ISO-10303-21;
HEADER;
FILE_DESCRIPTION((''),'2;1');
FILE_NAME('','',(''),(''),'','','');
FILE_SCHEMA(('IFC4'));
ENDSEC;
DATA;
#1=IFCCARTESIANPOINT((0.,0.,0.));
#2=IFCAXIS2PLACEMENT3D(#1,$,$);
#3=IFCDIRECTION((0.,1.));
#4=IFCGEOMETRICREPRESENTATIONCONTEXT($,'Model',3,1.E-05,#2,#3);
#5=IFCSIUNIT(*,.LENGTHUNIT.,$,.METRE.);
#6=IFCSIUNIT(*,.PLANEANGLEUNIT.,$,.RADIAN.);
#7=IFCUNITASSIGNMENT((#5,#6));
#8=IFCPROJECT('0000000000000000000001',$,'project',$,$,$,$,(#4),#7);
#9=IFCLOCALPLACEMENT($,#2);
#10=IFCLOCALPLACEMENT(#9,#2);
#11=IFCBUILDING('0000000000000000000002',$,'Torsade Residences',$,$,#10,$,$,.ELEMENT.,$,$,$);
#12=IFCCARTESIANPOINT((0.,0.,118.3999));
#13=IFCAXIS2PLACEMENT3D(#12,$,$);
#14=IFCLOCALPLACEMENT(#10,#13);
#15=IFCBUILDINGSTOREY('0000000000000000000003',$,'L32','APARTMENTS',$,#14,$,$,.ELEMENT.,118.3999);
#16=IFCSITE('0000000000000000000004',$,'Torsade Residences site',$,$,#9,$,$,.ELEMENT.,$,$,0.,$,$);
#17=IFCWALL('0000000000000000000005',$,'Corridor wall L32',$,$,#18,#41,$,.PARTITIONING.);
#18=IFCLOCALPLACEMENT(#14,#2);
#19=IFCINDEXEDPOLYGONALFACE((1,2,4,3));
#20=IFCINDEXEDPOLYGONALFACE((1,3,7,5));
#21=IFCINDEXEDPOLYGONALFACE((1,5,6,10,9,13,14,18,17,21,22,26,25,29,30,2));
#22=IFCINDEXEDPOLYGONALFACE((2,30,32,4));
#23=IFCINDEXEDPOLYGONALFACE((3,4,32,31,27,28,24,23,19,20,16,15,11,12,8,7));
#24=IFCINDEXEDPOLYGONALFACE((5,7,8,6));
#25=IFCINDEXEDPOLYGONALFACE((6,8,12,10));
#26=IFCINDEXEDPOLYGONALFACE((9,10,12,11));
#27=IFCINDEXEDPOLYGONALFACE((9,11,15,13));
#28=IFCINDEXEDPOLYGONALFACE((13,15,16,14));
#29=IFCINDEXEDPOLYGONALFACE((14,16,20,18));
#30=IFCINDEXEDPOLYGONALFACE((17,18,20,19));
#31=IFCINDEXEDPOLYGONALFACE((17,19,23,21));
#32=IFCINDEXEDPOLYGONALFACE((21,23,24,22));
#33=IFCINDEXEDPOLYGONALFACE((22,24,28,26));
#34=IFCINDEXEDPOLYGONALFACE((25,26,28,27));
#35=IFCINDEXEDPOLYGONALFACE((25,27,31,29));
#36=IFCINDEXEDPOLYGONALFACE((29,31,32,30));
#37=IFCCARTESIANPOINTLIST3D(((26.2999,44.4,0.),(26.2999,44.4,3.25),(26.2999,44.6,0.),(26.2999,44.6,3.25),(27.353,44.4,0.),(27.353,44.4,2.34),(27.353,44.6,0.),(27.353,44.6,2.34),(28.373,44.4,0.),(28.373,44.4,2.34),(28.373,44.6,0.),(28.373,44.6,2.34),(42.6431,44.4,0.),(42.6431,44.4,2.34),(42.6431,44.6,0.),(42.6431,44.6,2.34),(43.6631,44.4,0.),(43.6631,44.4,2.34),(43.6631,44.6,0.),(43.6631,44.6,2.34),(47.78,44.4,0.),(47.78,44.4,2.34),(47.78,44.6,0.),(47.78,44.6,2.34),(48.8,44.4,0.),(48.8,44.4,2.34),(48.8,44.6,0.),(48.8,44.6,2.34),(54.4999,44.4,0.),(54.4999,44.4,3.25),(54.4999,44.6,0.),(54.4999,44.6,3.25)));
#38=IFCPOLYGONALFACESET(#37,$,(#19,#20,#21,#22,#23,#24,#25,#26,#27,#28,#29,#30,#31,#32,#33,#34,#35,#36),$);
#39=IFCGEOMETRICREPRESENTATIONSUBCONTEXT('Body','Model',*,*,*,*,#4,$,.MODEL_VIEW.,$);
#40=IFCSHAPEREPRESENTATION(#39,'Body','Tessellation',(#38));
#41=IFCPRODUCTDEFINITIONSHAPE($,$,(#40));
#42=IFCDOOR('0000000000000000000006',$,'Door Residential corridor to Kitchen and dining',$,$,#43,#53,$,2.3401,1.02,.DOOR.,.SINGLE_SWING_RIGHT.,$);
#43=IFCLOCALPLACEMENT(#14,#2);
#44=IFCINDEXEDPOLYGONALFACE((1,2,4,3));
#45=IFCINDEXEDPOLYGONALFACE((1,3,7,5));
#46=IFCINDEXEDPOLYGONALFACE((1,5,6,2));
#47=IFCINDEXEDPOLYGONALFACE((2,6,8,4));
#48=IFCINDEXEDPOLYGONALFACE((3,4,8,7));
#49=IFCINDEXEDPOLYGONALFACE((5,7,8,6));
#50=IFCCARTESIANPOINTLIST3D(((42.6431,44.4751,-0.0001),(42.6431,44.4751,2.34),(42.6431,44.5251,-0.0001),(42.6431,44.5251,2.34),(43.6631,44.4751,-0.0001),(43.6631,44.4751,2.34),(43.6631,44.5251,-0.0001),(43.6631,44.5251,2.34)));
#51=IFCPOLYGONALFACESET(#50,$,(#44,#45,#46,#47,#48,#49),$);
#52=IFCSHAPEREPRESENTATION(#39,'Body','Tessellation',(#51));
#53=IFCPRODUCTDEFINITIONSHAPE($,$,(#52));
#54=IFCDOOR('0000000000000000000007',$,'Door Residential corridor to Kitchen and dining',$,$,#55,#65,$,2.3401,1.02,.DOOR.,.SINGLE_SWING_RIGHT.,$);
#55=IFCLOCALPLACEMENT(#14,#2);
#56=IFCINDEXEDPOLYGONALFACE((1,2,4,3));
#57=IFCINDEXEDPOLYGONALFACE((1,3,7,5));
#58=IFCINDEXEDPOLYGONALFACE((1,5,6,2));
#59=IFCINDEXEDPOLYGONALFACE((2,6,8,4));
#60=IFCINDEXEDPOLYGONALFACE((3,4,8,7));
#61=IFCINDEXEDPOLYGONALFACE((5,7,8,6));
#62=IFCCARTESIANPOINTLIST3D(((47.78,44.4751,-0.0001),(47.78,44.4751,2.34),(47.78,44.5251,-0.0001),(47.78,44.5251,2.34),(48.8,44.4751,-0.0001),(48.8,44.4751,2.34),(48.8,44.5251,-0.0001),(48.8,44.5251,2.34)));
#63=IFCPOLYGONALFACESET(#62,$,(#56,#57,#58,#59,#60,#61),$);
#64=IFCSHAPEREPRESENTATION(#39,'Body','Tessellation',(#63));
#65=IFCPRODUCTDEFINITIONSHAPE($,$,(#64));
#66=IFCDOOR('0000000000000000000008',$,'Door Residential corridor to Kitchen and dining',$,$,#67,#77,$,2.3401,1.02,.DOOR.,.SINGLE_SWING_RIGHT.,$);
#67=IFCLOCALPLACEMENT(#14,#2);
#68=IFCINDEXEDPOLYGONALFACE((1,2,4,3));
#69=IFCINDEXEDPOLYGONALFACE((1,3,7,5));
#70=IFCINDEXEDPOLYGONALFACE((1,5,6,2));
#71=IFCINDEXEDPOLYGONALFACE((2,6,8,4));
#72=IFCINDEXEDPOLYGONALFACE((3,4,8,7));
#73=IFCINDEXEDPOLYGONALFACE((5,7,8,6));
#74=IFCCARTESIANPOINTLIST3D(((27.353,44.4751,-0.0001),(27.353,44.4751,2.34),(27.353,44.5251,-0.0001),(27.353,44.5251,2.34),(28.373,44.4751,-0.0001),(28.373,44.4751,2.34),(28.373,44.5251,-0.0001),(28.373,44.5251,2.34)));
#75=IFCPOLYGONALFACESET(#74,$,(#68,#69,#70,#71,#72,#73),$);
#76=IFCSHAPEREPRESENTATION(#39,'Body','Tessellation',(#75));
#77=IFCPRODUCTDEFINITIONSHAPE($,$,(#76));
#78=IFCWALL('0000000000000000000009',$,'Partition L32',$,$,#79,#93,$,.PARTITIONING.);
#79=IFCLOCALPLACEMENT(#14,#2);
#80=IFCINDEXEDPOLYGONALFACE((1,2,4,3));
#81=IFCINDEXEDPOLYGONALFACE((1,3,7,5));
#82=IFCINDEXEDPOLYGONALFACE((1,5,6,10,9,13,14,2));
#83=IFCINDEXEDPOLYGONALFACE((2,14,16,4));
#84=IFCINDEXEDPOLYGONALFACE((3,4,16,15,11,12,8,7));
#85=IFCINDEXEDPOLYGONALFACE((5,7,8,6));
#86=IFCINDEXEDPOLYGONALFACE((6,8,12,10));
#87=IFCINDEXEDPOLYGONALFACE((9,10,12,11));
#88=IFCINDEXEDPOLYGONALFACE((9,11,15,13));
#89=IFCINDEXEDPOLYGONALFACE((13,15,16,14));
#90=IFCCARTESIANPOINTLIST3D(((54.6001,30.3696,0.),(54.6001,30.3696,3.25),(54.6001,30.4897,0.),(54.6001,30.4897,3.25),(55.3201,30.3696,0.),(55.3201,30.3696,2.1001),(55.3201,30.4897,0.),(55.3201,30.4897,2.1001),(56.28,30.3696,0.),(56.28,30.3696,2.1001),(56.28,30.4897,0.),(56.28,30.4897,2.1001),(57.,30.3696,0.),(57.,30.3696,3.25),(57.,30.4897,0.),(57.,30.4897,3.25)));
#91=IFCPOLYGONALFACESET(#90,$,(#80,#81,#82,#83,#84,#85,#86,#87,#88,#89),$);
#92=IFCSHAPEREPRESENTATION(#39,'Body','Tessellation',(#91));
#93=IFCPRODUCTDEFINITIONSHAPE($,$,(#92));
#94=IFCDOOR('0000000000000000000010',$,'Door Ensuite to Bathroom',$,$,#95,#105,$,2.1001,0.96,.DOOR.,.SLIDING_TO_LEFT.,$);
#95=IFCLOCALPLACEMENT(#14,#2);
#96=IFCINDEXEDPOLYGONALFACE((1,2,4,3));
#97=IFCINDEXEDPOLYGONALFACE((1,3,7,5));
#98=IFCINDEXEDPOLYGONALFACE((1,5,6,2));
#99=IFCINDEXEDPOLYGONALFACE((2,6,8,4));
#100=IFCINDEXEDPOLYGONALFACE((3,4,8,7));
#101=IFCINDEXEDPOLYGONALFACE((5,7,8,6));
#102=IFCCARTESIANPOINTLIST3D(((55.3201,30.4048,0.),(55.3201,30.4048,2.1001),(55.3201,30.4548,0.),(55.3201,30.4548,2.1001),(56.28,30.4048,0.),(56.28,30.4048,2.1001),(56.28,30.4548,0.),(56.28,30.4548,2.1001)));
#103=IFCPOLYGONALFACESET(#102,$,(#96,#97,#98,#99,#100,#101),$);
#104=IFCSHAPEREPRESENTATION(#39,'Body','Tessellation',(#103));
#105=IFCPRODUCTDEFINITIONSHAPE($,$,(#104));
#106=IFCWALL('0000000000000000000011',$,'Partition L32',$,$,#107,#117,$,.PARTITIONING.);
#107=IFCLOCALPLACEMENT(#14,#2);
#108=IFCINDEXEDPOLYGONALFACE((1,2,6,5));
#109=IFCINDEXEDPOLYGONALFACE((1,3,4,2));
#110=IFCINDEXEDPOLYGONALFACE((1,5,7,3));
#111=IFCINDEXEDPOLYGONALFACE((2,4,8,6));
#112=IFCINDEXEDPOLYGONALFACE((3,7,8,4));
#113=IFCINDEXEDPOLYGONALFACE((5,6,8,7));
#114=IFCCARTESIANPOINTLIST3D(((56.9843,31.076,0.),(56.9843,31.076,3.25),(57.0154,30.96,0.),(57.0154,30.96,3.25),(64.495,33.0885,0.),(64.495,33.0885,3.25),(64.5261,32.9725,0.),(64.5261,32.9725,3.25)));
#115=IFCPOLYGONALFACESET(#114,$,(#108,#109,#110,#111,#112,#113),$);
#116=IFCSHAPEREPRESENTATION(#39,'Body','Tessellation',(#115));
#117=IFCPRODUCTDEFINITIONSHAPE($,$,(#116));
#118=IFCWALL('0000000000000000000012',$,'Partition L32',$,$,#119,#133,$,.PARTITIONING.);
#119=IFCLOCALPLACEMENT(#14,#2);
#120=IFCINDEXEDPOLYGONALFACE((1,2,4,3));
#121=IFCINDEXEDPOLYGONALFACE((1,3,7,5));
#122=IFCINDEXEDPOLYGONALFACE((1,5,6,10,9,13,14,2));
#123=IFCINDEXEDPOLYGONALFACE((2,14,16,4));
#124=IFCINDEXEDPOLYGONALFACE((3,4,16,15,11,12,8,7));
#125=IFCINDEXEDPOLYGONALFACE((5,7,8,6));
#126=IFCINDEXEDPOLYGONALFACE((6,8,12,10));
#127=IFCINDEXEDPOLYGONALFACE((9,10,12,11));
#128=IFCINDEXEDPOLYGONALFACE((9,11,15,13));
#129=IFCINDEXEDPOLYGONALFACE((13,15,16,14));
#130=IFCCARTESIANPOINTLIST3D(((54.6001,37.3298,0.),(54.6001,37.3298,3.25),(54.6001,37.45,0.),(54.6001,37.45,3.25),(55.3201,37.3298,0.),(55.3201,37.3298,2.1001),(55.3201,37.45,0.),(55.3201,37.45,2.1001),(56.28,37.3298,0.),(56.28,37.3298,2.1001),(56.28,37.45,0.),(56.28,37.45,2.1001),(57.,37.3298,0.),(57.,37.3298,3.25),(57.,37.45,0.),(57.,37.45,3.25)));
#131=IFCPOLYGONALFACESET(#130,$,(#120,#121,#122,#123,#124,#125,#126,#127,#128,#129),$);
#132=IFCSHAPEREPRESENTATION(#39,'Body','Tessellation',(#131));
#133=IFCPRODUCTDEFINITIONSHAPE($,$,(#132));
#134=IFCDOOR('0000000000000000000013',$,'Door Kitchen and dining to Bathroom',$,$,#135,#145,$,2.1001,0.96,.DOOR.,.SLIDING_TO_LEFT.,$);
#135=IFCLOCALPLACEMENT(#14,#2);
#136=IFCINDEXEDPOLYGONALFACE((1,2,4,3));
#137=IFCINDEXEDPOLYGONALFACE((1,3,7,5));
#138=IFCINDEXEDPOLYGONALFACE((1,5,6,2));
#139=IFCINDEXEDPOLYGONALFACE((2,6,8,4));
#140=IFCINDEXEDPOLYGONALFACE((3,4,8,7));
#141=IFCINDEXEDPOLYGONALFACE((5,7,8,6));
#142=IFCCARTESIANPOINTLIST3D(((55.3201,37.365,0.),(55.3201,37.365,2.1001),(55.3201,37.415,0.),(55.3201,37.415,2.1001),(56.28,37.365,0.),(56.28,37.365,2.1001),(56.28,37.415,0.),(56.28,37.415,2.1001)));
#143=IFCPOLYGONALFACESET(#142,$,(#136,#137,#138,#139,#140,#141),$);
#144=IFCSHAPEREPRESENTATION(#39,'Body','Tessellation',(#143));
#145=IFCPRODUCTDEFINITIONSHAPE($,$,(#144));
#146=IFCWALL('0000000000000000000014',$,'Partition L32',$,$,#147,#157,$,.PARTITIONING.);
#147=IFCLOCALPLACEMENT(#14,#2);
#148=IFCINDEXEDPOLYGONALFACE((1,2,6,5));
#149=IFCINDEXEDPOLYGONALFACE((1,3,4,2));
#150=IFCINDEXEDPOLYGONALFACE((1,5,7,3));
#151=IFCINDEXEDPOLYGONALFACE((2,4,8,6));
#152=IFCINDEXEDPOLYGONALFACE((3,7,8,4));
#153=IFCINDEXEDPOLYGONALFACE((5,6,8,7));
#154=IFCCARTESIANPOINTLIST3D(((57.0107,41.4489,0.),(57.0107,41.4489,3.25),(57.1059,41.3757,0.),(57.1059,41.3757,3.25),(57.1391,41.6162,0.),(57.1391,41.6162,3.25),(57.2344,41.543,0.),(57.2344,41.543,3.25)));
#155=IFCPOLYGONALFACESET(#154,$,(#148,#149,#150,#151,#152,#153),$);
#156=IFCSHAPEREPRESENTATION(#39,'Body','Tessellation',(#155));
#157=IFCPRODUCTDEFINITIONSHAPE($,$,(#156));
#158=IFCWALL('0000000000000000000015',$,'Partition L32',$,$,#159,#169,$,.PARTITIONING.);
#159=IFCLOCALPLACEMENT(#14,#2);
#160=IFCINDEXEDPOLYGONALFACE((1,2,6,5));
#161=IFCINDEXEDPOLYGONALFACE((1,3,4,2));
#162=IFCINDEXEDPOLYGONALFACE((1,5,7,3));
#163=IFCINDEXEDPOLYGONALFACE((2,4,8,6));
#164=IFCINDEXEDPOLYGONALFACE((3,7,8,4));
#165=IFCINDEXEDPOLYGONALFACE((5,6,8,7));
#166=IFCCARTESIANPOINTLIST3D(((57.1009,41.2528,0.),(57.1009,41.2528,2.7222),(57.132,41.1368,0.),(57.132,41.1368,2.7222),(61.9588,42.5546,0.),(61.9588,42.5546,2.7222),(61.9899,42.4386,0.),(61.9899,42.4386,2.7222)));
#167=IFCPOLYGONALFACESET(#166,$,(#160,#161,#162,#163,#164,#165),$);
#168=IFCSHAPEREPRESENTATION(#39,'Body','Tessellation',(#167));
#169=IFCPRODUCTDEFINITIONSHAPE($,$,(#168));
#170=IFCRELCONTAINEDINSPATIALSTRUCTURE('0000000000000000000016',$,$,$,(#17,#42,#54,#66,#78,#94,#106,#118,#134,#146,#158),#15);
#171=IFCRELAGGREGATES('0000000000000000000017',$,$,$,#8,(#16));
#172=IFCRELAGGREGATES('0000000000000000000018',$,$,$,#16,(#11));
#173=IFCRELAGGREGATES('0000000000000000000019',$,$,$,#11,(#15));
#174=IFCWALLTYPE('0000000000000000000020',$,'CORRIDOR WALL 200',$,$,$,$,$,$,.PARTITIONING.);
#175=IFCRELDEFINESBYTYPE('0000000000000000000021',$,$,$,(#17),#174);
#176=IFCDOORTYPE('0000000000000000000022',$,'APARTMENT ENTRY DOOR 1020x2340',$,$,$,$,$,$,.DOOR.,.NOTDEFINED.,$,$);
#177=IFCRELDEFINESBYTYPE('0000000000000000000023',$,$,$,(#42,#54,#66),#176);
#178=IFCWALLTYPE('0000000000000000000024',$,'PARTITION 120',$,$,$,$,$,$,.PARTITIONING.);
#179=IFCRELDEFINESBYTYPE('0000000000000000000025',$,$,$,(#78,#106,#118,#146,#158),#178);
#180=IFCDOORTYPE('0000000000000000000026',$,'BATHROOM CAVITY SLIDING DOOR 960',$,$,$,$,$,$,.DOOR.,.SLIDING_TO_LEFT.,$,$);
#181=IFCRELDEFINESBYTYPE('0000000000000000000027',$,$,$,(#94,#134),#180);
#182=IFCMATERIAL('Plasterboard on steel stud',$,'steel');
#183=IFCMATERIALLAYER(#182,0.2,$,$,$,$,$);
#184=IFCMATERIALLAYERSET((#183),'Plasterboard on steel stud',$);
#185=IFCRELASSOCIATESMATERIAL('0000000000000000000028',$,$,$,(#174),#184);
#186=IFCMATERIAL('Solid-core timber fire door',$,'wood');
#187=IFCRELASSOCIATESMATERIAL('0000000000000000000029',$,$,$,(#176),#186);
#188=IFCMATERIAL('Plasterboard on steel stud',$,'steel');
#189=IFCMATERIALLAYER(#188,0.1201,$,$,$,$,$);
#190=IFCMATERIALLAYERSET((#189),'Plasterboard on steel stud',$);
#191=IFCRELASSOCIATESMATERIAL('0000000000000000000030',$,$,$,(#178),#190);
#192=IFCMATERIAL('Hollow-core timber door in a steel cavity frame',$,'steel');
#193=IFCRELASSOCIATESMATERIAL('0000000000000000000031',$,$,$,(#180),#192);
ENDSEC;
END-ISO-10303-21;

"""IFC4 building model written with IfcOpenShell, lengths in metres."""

from ifc_helpers import new_model, si_unit, direction, frame, frame_2d, origin, place, context, subcontext, project, spatial, rectangle, extrude, material, layer, layer_set, type_object, element, fill, save


model = new_model("IFC4")

# Units and contexts
model_context = context("Model", 3, precision=1e-05, world=origin(), true_north=direction((0.0, 1.0)))
body_context = subcontext(model_context, "Body", "Model", "MODEL_VIEW")
ifc_project = project(units=[si_unit("LENGTHUNIT", "METRE"), si_unit("PLANEANGLEUNIT", "RADIAN")], contexts=[model_context])

# Site, building, storey
site_placement = place(None, origin())
site = spatial("IfcSite", under=ifc_project, at=site_placement, Name="Torsade Residences site", CompositionType="ELEMENT", RefElevation=0.0)
building_placement = place(site_placement, origin())
building = spatial("IfcBuilding", under=site, at=building_placement, Name="Torsade Residences", CompositionType="ELEMENT")
storey_placement = place(building_placement, frame((0.0, 0.0, 118.3999)))
storey = spatial("IfcBuildingStorey", under=building, at=storey_placement, Name="L32", Description="APARTMENTS", CompositionType="ELEMENT", Elevation=118.3999)

# Wall, openings, doors
ifc_material_1 = material(Name="Plasterboard on steel stud", Category="steel")
ifc_layer_1 = layer(ifc_material_1, 0.2)
ifc_layer_set_1 = layer_set([ifc_layer_1], Name="Plasterboard on steel stud")
wall_type_1 = type_object("IfcWallType", Name="CORRIDOR WALL 200", PredefinedType="PARTITIONING", material=ifc_layer_set_1)
wall_1_placement = place(storey_placement, frame((54.5, 44.5, 0.0), z_axis=(0.0, 0.0, 1.0), x_axis=(-1.0, 0.0, 0.0)))
wall_1 = element("IfcWall", 1, at=wall_1_placement, inside=storey, type_object=wall_type_1, Name="Corridor wall L32", PredefinedType="PARTITIONING", context=body_context, shape_type="SweptSolid", body=[
    extrude(rectangle(XDim=28.2, YDim=0.2, at=frame_2d((14.1001, 0.0))), origin(), (0.0, 0.0, 1.0), 3.25),
])
opening_1_placement = place(wall_1_placement, frame((10.8369, 0.0, 0.0)))
opening_1 = element("IfcOpeningElement", 2, at=opening_1_placement, cuts=wall_1, PredefinedType="OPENING", context=body_context, shape_type="SweptSolid", body=[
    extrude(rectangle(XDim=1.02, YDim=2.3401, at=frame_2d((0.51, 1.1699))), frame((0.0, 0.1099, 0.0), z_axis=(0.0, -1.0, 0.0), x_axis=(1.0, 0.0, 0.0)), (0.0, 0.0, 1.0), 0.22),
])
opening_2_placement = place(wall_1_placement, frame((5.7, 0.0, 0.0)))
opening_2 = element("IfcOpeningElement", 3, at=opening_2_placement, cuts=wall_1, PredefinedType="OPENING", context=body_context, shape_type="SweptSolid", body=[
    extrude(rectangle(XDim=1.02, YDim=2.3401, at=frame_2d((0.51, 1.1699))), frame((0.0, 0.1099, 0.0), z_axis=(0.0, -1.0, 0.0), x_axis=(1.0, 0.0, 0.0)), (0.0, 0.0, 1.0), 0.22),
])
opening_3_placement = place(wall_1_placement, frame((26.127, 0.0, 0.0)))
opening_3 = element("IfcOpeningElement", 4, at=opening_3_placement, cuts=wall_1, PredefinedType="OPENING", context=body_context, shape_type="SweptSolid", body=[
    extrude(rectangle(XDim=1.02, YDim=2.3401, at=frame_2d((0.51, 1.1699))), frame((0.0, 0.1099, 0.0), z_axis=(0.0, -1.0, 0.0), x_axis=(1.0, 0.0, 0.0)), (0.0, 0.0, 1.0), 0.22),
])
ifc_material_2 = material(Name="Solid-core timber fire door", Category="wood")
door_type_1 = type_object("IfcDoorType", Name="APARTMENT ENTRY DOOR 1020x2340", OperationType="NOTDEFINED", PredefinedType="DOOR", material=ifc_material_2)
door_1_placement = place(opening_1_placement, origin())
door_1 = element("IfcDoor", 5, at=door_1_placement, inside=storey, type_object=door_type_1, Name="Door Residential corridor to Kitchen and dining", OperationType="SINGLE_SWING_RIGHT", OverallHeight=2.3401, OverallWidth=1.02, PredefinedType="DOOR", context=body_context, shape_type="SweptSolid", body=[
    extrude(rectangle(XDim=1.02, YDim=2.3401, at=frame_2d((0.51, 1.1699))), frame((0.0, 0.0249, 0.0), z_axis=(0.0, -1.0, 0.0), x_axis=(1.0, 0.0, 0.0)), (0.0, 0.0, 1.0), 0.05),
])
fill(opening_1, door_1)
door_2_placement = place(opening_2_placement, origin())
door_2 = element("IfcDoor", 6, at=door_2_placement, inside=storey, type_object=door_type_1, Name="Door Residential corridor to Kitchen and dining", OperationType="SINGLE_SWING_RIGHT", OverallHeight=2.3401, OverallWidth=1.02, PredefinedType="DOOR", context=body_context, shape_type="SweptSolid", body=[
    extrude(rectangle(XDim=1.02, YDim=2.3401, at=frame_2d((0.51, 1.1699))), frame((0.0, 0.0249, 0.0), z_axis=(0.0, -1.0, 0.0), x_axis=(1.0, 0.0, 0.0)), (0.0, 0.0, 1.0), 0.05),
])
fill(opening_2, door_2)
door_3_placement = place(opening_3_placement, origin())
door_3 = element("IfcDoor", 7, at=door_3_placement, inside=storey, type_object=door_type_1, Name="Door Residential corridor to Kitchen and dining", OperationType="SINGLE_SWING_RIGHT", OverallHeight=2.3401, OverallWidth=1.02, PredefinedType="DOOR", context=body_context, shape_type="SweptSolid", body=[
    extrude(rectangle(XDim=1.02, YDim=2.3401, at=frame_2d((0.51, 1.1699))), frame((0.0, 0.0249, 0.0), z_axis=(0.0, -1.0, 0.0), x_axis=(1.0, 0.0, 0.0)), (0.0, 0.0, 1.0), 0.05),
])
fill(opening_3, door_3)

# Wall, opening, door
ifc_material_3 = material(Name="Plasterboard on steel stud", Category="steel")
ifc_layer_2 = layer(ifc_material_3, 0.1201)
ifc_layer_set_2 = layer_set([ifc_layer_2], Name="Plasterboard on steel stud")
wall_type_2 = type_object("IfcWallType", Name="PARTITION 120", PredefinedType="PARTITIONING", material=ifc_layer_set_2)
wall_2_placement = place(storey_placement, frame((57.0, 30.4297, 0.0), z_axis=(0.0, 0.0, 1.0), x_axis=(-1.0, 0.0, 0.0)))
wall_2 = element("IfcWall", 8, at=wall_2_placement, inside=storey, type_object=wall_type_2, Name="Partition L32", PredefinedType="PARTITIONING", context=body_context, shape_type="SweptSolid", body=[
    extrude(rectangle(XDim=2.3999, YDim=0.1201, at=frame_2d((1.2, 0.0))), origin(), (0.0, 0.0, 1.0), 3.25),
])
opening_4_placement = place(wall_2_placement, frame((0.72, 0.0, 0.0)))
opening_4 = element("IfcOpeningElement", 9, at=opening_4_placement, cuts=wall_2, PredefinedType="OPENING", context=body_context, shape_type="SweptSolid", body=[
    extrude(rectangle(XDim=0.96, YDim=2.1001, at=frame_2d((0.48, 1.05))), frame((0.0, 0.0701, 0.0), z_axis=(0.0, -1.0, 0.0), x_axis=(1.0, 0.0, 0.0)), (0.0, 0.0, 1.0), 0.1401),
])
ifc_material_4 = material(Name="Hollow-core timber door in a steel cavity frame", Category="steel")
door_type_2 = type_object("IfcDoorType", Name="BATHROOM CAVITY SLIDING DOOR 960", OperationType="SLIDING_TO_LEFT", PredefinedType="DOOR", material=ifc_material_4)
door_4_placement = place(opening_4_placement, origin())
door_4 = element("IfcDoor", 10, at=door_4_placement, inside=storey, type_object=door_type_2, Name="Door Ensuite to Bathroom", OperationType="SLIDING_TO_LEFT", OverallHeight=2.1001, OverallWidth=0.96, PredefinedType="DOOR", context=body_context, shape_type="SweptSolid", body=[
    extrude(rectangle(XDim=0.96, YDim=2.1001, at=frame_2d((0.48, 1.05))), frame((0.0, 0.0249, 0.0), z_axis=(0.0, -1.0, 0.0), x_axis=(1.0, 0.0, 0.0)), (0.0, 0.0, 1.0), 0.05),
])
fill(opening_4, door_4)

# Wall
wall_3_placement = place(storey_placement, frame((57.0, 31.0181, 0.0), z_axis=(0.0, 0.0, 1.0), x_axis=(0.965927, 0.258814, 0.0)))
element("IfcWall", 11, at=wall_3_placement, inside=storey, type_object=wall_type_2, Name="Partition L32", PredefinedType="PARTITIONING", context=body_context, shape_type="SweptSolid", body=[
    extrude(rectangle(XDim=7.7756, YDim=0.1201, at=frame_2d((3.8877, 0.0))), origin(), (0.0, 0.0, 1.0), 3.25),
])

# Wall, opening, door
wall_4_placement = place(storey_placement, frame((57.0, 37.3899, 0.0), z_axis=(0.0, 0.0, 1.0), x_axis=(-1.0, 0.0, 0.0)))
wall_4 = element("IfcWall", 12, at=wall_4_placement, inside=storey, type_object=wall_type_2, Name="Partition L32", PredefinedType="PARTITIONING", context=body_context, shape_type="SweptSolid", body=[
    extrude(rectangle(XDim=2.3999, YDim=0.1201, at=frame_2d((1.2, 0.0))), origin(), (0.0, 0.0, 1.0), 3.25),
])
opening_5_placement = place(wall_4_placement, frame((0.72, 0.0, 0.0)))
opening_5 = element("IfcOpeningElement", 13, at=opening_5_placement, cuts=wall_4, PredefinedType="OPENING", context=body_context, shape_type="SweptSolid", body=[
    extrude(rectangle(XDim=0.96, YDim=2.1001, at=frame_2d((0.48, 1.05))), frame((0.0, 0.0701, 0.0), z_axis=(0.0, -1.0, 0.0), x_axis=(1.0, 0.0, 0.0)), (0.0, 0.0, 1.0), 0.1401),
])
door_5_placement = place(opening_5_placement, origin())
door_5 = element("IfcDoor", 14, at=door_5_placement, inside=storey, type_object=door_type_2, Name="Door Kitchen and dining to Bathroom", OperationType="SLIDING_TO_LEFT", OverallHeight=2.1001, OverallWidth=0.96, PredefinedType="DOOR", context=body_context, shape_type="SweptSolid", body=[
    extrude(rectangle(XDim=0.96, YDim=2.1001, at=frame_2d((0.48, 1.05))), frame((0.0, 0.0249, 0.0), z_axis=(0.0, -1.0, 0.0), x_axis=(1.0, 0.0, 0.0)), (0.0, 0.0, 1.0), 0.05),
])
fill(opening_5, door_5)

# Walls
wall_5_placement = place(storey_placement, frame((57.1868, 41.5796, 0.0), z_axis=(0.0, 0.0, 1.0), x_axis=(-0.609039, -0.79314, 0.0)))
element("IfcWall", 15, at=wall_5_placement, inside=storey, type_object=wall_type_2, Name="Partition L32", PredefinedType="PARTITIONING", context=body_context, shape_type="SweptSolid", body=[
    extrude(rectangle(XDim=0.2109, YDim=0.1201, at=frame_2d((0.1055, 0.0))), origin(), (0.0, 0.0, 1.0), 3.25),
])
wall_6_placement = place(storey_placement, frame((57.1165, 41.1948, 0.0), z_axis=(0.0, 0.0, 1.0), x_axis=(0.965922, 0.258835, 0.0)))
element("IfcWall", 16, at=wall_6_placement, inside=storey, type_object=wall_type_2, Name="Partition L32", PredefinedType="PARTITIONING", context=body_context, shape_type="SweptSolid", body=[
    extrude(rectangle(XDim=5.0293, YDim=0.1201, at=frame_2d((2.5146, 0.0))), origin(), (0.0, 0.0, 1.0), 2.7222),
])

save(model, "model.ifc")
